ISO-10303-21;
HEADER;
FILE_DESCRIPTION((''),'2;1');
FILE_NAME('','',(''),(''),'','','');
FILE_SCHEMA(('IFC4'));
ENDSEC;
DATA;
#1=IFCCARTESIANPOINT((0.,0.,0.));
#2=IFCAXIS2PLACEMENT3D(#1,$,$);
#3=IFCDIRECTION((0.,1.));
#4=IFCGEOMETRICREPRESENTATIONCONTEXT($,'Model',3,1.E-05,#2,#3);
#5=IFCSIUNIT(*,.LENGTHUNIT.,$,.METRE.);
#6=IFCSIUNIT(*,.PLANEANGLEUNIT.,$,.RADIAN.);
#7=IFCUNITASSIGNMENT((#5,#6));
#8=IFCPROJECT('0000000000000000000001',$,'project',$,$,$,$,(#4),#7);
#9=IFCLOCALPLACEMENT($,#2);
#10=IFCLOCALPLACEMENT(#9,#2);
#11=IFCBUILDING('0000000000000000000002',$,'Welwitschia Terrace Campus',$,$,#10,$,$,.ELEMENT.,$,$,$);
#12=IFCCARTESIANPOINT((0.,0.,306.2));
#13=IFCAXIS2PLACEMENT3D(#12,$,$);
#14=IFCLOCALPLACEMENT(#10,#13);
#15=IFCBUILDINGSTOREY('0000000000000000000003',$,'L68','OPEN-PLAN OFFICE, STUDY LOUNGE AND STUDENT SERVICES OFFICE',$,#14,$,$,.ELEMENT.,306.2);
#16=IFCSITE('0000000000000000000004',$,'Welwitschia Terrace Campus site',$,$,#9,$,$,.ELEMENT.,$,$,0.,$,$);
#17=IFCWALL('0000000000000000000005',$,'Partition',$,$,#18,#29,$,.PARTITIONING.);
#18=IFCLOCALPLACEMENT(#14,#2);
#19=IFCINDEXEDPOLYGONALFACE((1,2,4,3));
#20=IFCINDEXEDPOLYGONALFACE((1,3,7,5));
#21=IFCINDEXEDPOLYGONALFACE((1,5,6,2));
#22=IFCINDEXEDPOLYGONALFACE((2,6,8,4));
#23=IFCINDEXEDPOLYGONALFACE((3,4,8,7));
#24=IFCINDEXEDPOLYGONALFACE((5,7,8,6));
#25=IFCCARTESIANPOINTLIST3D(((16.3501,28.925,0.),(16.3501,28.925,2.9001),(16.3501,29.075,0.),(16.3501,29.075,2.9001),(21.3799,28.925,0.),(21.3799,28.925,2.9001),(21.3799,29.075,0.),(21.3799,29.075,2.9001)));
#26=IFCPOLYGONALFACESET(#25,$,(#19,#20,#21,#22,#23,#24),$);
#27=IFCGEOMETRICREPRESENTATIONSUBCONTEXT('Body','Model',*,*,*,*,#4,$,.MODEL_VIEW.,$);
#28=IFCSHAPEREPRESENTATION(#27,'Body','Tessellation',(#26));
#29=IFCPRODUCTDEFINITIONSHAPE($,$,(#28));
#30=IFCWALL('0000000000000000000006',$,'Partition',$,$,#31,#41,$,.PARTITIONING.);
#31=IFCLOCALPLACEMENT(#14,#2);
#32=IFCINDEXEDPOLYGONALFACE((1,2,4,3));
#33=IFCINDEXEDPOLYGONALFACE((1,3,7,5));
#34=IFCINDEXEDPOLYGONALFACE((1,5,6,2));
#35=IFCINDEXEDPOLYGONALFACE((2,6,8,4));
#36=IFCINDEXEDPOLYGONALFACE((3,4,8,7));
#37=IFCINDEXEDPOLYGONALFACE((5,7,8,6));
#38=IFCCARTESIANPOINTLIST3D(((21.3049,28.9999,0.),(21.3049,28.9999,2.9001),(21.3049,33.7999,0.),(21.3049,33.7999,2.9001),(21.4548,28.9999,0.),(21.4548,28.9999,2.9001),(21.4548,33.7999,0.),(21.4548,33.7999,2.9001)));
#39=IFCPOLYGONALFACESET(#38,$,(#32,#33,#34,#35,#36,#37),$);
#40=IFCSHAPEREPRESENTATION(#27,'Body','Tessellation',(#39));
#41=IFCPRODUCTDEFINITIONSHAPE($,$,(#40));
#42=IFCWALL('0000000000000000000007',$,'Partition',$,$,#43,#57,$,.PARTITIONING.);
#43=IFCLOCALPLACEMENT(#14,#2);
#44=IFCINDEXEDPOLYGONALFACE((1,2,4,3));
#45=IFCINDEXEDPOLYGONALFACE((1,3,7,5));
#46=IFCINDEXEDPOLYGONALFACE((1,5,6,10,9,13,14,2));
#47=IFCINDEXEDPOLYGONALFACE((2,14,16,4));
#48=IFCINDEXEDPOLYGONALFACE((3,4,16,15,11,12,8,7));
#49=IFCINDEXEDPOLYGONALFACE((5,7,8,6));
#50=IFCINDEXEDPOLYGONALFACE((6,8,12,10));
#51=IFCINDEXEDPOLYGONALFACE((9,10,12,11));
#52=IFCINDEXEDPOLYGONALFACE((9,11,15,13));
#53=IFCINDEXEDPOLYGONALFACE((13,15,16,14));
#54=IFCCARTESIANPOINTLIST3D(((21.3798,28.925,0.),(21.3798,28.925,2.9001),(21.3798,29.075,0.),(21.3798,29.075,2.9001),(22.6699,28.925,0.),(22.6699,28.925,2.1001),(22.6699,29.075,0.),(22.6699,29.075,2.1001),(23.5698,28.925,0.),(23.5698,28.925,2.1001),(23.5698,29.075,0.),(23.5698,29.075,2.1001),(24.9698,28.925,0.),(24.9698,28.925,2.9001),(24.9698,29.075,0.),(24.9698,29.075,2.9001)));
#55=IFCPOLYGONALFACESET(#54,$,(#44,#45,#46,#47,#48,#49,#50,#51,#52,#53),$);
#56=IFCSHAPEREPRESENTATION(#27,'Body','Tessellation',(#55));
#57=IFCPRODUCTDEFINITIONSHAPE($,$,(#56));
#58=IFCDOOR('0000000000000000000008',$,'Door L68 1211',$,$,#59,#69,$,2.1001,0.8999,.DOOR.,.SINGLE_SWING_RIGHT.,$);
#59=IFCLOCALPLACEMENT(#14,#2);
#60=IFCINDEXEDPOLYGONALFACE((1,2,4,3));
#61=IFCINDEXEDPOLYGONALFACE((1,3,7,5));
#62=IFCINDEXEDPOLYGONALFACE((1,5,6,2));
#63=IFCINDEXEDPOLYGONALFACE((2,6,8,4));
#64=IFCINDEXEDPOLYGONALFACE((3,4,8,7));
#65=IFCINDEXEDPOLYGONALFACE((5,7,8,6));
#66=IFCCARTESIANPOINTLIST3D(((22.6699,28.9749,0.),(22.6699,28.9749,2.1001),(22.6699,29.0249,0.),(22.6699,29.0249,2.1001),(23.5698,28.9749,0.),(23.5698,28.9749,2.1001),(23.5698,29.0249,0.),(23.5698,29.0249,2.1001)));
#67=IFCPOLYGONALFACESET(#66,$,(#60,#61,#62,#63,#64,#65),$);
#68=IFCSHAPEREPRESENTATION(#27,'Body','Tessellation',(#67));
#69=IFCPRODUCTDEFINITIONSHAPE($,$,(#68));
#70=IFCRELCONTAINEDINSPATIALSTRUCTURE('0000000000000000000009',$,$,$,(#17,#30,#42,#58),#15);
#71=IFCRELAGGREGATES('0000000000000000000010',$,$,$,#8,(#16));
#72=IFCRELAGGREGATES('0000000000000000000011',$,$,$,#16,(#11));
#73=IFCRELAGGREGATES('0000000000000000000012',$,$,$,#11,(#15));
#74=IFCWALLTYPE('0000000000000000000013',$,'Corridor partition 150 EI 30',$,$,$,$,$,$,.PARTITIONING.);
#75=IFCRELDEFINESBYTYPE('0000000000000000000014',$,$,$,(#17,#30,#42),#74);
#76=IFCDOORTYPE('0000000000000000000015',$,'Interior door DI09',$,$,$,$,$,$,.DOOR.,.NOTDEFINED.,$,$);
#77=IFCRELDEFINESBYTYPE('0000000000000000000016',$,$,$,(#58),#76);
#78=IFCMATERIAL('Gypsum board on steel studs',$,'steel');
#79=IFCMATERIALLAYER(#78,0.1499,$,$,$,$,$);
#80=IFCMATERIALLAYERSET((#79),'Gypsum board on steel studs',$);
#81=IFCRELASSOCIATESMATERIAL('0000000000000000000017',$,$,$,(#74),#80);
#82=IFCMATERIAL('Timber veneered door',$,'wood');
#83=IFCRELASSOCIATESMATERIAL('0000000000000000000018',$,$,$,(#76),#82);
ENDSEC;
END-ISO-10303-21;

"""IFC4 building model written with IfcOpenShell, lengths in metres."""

from ifc_helpers import new_model, si_unit, direction, frame, frame_2d, origin, place, context, subcontext, project, spatial, rectangle, extrude, material, layer, layer_set, type_object, element, fill, save


model = new_model("IFC4")

# Units and contexts
model_context = context("Model", 3, precision=1e-05, world=origin(), true_north=direction((0.0, 1.0)))
body_context = subcontext(model_context, "Body", "Model", "MODEL_VIEW")
ifc_project = project(units=[si_unit("LENGTHUNIT", "METRE"), si_unit("PLANEANGLEUNIT", "RADIAN")], contexts=[model_context])

# Site, building, storey
site_placement = place(None, origin())
site = spatial("IfcSite", under=ifc_project, at=site_placement, Name="Welwitschia Terrace Campus site", CompositionType="ELEMENT", RefElevation=0.0)
building_placement = place(site_placement, origin())
building = spatial("IfcBuilding", under=site, at=building_placement, Name="Welwitschia Terrace Campus", CompositionType="ELEMENT")
storey_placement = place(building_placement, frame((0.0, 0.0, 306.2)))
storey = spatial("IfcBuildingStorey", under=building, at=storey_placement, Name="L68", Description="OPEN-PLAN OFFICE, STUDY LOUNGE AND STUDENT SERVICES OFFICE", CompositionType="ELEMENT", Elevation=306.2)

# Shared definitions
ifc_material_1 = material(Name="Gypsum board on steel studs", Category="steel")
ifc_layer_1 = layer(ifc_material_1, 0.1499)
ifc_layer_set_1 = layer_set([ifc_layer_1], Name="Gypsum board on steel studs")
wall_type_1 = type_object("IfcWallType", Name="Corridor partition 150 EI 30", PredefinedType="PARTITIONING", material=ifc_layer_set_1)

# Shared definitions
ifc_material_2 = material(Name="Timber veneered door", Category="wood")
door_type_1 = type_object("IfcDoorType", Name="Interior door DI09", OperationType="NOTDEFINED", PredefinedType="DOOR", material=ifc_material_2)

# Walls
wall_1_placement = place(storey_placement, frame((16.3501, 29.0, 0.0), z_axis=(0.0, 0.0, 1.0), x_axis=(1.0, 0.0, 0.0)))
element("IfcWall", 1, at=wall_1_placement, inside=storey, type_object=wall_type_1, Name="Partition", PredefinedType="PARTITIONING", context=body_context, shape_type="SweptSolid", body=[
    extrude(rectangle(XDim=5.0298, YDim=0.1499, at=frame_2d((2.5149, 0.0))), origin(), (0.0, 0.0, 1.0), 2.9001),
])
wall_2_placement = place(storey_placement, frame((21.3799, 29.0, 0.0), z_axis=(0.0, 0.0, 1.0), x_axis=(0.0, 1.0, 0.0)))
element("IfcWall", 2, at=wall_2_placement, inside=storey, type_object=wall_type_1, Name="Partition", PredefinedType="PARTITIONING", context=body_context, shape_type="SweptSolid", body=[
    extrude(rectangle(XDim=4.8, YDim=0.1499, at=frame_2d((2.3999, 0.0))), origin(), (0.0, 0.0, 1.0), 2.9001),
])

# Wall, opening, door
wall_3_placement = place(storey_placement, frame((21.3799, 29.0, 0.0), z_axis=(0.0, 0.0, 1.0), x_axis=(1.0, 0.0, 0.0)))
wall_3 = element("IfcWall", 3, at=wall_3_placement, inside=storey, type_object=wall_type_1, Name="Partition", PredefinedType="PARTITIONING", context=body_context, shape_type="SweptSolid", body=[
    extrude(rectangle(XDim=3.5901, YDim=0.1499, at=frame_2d((1.7949, 0.0))), origin(), (0.0, 0.0, 1.0), 2.9001),
])
opening_1_placement = place(wall_3_placement, frame((1.29, 0.0, 0.0)))
opening_1 = element("IfcOpeningElement", 4, at=opening_1_placement, cuts=wall_3, PredefinedType="OPENING", context=body_context, shape_type="SweptSolid", body=[
    extrude(rectangle(XDim=0.8999, YDim=2.1001, at=frame_2d((0.45, 1.05))), frame((0.0, 0.085, 0.0), z_axis=(0.0, -1.0, 0.0), x_axis=(1.0, 0.0, 0.0)), (0.0, 0.0, 1.0), 0.1699),
])
door_1_placement = place(opening_1_placement, origin())
door_1 = element("IfcDoor", 5, at=door_1_placement, inside=storey, type_object=door_type_1, Name="Door L68 1211", OperationType="SINGLE_SWING_RIGHT", OverallHeight=2.1001, OverallWidth=0.8999, PredefinedType="DOOR", context=body_context, shape_type="SweptSolid", body=[
    extrude(rectangle(XDim=0.8999, YDim=2.1001, at=frame_2d((0.45, 1.05))), frame((0.0, 0.0249, 0.0), z_axis=(0.0, -1.0, 0.0), x_axis=(1.0, 0.0, 0.0)), (0.0, 0.0, 1.0), 0.05),
])
fill(opening_1, door_1)

save(model, "model.ifc")
